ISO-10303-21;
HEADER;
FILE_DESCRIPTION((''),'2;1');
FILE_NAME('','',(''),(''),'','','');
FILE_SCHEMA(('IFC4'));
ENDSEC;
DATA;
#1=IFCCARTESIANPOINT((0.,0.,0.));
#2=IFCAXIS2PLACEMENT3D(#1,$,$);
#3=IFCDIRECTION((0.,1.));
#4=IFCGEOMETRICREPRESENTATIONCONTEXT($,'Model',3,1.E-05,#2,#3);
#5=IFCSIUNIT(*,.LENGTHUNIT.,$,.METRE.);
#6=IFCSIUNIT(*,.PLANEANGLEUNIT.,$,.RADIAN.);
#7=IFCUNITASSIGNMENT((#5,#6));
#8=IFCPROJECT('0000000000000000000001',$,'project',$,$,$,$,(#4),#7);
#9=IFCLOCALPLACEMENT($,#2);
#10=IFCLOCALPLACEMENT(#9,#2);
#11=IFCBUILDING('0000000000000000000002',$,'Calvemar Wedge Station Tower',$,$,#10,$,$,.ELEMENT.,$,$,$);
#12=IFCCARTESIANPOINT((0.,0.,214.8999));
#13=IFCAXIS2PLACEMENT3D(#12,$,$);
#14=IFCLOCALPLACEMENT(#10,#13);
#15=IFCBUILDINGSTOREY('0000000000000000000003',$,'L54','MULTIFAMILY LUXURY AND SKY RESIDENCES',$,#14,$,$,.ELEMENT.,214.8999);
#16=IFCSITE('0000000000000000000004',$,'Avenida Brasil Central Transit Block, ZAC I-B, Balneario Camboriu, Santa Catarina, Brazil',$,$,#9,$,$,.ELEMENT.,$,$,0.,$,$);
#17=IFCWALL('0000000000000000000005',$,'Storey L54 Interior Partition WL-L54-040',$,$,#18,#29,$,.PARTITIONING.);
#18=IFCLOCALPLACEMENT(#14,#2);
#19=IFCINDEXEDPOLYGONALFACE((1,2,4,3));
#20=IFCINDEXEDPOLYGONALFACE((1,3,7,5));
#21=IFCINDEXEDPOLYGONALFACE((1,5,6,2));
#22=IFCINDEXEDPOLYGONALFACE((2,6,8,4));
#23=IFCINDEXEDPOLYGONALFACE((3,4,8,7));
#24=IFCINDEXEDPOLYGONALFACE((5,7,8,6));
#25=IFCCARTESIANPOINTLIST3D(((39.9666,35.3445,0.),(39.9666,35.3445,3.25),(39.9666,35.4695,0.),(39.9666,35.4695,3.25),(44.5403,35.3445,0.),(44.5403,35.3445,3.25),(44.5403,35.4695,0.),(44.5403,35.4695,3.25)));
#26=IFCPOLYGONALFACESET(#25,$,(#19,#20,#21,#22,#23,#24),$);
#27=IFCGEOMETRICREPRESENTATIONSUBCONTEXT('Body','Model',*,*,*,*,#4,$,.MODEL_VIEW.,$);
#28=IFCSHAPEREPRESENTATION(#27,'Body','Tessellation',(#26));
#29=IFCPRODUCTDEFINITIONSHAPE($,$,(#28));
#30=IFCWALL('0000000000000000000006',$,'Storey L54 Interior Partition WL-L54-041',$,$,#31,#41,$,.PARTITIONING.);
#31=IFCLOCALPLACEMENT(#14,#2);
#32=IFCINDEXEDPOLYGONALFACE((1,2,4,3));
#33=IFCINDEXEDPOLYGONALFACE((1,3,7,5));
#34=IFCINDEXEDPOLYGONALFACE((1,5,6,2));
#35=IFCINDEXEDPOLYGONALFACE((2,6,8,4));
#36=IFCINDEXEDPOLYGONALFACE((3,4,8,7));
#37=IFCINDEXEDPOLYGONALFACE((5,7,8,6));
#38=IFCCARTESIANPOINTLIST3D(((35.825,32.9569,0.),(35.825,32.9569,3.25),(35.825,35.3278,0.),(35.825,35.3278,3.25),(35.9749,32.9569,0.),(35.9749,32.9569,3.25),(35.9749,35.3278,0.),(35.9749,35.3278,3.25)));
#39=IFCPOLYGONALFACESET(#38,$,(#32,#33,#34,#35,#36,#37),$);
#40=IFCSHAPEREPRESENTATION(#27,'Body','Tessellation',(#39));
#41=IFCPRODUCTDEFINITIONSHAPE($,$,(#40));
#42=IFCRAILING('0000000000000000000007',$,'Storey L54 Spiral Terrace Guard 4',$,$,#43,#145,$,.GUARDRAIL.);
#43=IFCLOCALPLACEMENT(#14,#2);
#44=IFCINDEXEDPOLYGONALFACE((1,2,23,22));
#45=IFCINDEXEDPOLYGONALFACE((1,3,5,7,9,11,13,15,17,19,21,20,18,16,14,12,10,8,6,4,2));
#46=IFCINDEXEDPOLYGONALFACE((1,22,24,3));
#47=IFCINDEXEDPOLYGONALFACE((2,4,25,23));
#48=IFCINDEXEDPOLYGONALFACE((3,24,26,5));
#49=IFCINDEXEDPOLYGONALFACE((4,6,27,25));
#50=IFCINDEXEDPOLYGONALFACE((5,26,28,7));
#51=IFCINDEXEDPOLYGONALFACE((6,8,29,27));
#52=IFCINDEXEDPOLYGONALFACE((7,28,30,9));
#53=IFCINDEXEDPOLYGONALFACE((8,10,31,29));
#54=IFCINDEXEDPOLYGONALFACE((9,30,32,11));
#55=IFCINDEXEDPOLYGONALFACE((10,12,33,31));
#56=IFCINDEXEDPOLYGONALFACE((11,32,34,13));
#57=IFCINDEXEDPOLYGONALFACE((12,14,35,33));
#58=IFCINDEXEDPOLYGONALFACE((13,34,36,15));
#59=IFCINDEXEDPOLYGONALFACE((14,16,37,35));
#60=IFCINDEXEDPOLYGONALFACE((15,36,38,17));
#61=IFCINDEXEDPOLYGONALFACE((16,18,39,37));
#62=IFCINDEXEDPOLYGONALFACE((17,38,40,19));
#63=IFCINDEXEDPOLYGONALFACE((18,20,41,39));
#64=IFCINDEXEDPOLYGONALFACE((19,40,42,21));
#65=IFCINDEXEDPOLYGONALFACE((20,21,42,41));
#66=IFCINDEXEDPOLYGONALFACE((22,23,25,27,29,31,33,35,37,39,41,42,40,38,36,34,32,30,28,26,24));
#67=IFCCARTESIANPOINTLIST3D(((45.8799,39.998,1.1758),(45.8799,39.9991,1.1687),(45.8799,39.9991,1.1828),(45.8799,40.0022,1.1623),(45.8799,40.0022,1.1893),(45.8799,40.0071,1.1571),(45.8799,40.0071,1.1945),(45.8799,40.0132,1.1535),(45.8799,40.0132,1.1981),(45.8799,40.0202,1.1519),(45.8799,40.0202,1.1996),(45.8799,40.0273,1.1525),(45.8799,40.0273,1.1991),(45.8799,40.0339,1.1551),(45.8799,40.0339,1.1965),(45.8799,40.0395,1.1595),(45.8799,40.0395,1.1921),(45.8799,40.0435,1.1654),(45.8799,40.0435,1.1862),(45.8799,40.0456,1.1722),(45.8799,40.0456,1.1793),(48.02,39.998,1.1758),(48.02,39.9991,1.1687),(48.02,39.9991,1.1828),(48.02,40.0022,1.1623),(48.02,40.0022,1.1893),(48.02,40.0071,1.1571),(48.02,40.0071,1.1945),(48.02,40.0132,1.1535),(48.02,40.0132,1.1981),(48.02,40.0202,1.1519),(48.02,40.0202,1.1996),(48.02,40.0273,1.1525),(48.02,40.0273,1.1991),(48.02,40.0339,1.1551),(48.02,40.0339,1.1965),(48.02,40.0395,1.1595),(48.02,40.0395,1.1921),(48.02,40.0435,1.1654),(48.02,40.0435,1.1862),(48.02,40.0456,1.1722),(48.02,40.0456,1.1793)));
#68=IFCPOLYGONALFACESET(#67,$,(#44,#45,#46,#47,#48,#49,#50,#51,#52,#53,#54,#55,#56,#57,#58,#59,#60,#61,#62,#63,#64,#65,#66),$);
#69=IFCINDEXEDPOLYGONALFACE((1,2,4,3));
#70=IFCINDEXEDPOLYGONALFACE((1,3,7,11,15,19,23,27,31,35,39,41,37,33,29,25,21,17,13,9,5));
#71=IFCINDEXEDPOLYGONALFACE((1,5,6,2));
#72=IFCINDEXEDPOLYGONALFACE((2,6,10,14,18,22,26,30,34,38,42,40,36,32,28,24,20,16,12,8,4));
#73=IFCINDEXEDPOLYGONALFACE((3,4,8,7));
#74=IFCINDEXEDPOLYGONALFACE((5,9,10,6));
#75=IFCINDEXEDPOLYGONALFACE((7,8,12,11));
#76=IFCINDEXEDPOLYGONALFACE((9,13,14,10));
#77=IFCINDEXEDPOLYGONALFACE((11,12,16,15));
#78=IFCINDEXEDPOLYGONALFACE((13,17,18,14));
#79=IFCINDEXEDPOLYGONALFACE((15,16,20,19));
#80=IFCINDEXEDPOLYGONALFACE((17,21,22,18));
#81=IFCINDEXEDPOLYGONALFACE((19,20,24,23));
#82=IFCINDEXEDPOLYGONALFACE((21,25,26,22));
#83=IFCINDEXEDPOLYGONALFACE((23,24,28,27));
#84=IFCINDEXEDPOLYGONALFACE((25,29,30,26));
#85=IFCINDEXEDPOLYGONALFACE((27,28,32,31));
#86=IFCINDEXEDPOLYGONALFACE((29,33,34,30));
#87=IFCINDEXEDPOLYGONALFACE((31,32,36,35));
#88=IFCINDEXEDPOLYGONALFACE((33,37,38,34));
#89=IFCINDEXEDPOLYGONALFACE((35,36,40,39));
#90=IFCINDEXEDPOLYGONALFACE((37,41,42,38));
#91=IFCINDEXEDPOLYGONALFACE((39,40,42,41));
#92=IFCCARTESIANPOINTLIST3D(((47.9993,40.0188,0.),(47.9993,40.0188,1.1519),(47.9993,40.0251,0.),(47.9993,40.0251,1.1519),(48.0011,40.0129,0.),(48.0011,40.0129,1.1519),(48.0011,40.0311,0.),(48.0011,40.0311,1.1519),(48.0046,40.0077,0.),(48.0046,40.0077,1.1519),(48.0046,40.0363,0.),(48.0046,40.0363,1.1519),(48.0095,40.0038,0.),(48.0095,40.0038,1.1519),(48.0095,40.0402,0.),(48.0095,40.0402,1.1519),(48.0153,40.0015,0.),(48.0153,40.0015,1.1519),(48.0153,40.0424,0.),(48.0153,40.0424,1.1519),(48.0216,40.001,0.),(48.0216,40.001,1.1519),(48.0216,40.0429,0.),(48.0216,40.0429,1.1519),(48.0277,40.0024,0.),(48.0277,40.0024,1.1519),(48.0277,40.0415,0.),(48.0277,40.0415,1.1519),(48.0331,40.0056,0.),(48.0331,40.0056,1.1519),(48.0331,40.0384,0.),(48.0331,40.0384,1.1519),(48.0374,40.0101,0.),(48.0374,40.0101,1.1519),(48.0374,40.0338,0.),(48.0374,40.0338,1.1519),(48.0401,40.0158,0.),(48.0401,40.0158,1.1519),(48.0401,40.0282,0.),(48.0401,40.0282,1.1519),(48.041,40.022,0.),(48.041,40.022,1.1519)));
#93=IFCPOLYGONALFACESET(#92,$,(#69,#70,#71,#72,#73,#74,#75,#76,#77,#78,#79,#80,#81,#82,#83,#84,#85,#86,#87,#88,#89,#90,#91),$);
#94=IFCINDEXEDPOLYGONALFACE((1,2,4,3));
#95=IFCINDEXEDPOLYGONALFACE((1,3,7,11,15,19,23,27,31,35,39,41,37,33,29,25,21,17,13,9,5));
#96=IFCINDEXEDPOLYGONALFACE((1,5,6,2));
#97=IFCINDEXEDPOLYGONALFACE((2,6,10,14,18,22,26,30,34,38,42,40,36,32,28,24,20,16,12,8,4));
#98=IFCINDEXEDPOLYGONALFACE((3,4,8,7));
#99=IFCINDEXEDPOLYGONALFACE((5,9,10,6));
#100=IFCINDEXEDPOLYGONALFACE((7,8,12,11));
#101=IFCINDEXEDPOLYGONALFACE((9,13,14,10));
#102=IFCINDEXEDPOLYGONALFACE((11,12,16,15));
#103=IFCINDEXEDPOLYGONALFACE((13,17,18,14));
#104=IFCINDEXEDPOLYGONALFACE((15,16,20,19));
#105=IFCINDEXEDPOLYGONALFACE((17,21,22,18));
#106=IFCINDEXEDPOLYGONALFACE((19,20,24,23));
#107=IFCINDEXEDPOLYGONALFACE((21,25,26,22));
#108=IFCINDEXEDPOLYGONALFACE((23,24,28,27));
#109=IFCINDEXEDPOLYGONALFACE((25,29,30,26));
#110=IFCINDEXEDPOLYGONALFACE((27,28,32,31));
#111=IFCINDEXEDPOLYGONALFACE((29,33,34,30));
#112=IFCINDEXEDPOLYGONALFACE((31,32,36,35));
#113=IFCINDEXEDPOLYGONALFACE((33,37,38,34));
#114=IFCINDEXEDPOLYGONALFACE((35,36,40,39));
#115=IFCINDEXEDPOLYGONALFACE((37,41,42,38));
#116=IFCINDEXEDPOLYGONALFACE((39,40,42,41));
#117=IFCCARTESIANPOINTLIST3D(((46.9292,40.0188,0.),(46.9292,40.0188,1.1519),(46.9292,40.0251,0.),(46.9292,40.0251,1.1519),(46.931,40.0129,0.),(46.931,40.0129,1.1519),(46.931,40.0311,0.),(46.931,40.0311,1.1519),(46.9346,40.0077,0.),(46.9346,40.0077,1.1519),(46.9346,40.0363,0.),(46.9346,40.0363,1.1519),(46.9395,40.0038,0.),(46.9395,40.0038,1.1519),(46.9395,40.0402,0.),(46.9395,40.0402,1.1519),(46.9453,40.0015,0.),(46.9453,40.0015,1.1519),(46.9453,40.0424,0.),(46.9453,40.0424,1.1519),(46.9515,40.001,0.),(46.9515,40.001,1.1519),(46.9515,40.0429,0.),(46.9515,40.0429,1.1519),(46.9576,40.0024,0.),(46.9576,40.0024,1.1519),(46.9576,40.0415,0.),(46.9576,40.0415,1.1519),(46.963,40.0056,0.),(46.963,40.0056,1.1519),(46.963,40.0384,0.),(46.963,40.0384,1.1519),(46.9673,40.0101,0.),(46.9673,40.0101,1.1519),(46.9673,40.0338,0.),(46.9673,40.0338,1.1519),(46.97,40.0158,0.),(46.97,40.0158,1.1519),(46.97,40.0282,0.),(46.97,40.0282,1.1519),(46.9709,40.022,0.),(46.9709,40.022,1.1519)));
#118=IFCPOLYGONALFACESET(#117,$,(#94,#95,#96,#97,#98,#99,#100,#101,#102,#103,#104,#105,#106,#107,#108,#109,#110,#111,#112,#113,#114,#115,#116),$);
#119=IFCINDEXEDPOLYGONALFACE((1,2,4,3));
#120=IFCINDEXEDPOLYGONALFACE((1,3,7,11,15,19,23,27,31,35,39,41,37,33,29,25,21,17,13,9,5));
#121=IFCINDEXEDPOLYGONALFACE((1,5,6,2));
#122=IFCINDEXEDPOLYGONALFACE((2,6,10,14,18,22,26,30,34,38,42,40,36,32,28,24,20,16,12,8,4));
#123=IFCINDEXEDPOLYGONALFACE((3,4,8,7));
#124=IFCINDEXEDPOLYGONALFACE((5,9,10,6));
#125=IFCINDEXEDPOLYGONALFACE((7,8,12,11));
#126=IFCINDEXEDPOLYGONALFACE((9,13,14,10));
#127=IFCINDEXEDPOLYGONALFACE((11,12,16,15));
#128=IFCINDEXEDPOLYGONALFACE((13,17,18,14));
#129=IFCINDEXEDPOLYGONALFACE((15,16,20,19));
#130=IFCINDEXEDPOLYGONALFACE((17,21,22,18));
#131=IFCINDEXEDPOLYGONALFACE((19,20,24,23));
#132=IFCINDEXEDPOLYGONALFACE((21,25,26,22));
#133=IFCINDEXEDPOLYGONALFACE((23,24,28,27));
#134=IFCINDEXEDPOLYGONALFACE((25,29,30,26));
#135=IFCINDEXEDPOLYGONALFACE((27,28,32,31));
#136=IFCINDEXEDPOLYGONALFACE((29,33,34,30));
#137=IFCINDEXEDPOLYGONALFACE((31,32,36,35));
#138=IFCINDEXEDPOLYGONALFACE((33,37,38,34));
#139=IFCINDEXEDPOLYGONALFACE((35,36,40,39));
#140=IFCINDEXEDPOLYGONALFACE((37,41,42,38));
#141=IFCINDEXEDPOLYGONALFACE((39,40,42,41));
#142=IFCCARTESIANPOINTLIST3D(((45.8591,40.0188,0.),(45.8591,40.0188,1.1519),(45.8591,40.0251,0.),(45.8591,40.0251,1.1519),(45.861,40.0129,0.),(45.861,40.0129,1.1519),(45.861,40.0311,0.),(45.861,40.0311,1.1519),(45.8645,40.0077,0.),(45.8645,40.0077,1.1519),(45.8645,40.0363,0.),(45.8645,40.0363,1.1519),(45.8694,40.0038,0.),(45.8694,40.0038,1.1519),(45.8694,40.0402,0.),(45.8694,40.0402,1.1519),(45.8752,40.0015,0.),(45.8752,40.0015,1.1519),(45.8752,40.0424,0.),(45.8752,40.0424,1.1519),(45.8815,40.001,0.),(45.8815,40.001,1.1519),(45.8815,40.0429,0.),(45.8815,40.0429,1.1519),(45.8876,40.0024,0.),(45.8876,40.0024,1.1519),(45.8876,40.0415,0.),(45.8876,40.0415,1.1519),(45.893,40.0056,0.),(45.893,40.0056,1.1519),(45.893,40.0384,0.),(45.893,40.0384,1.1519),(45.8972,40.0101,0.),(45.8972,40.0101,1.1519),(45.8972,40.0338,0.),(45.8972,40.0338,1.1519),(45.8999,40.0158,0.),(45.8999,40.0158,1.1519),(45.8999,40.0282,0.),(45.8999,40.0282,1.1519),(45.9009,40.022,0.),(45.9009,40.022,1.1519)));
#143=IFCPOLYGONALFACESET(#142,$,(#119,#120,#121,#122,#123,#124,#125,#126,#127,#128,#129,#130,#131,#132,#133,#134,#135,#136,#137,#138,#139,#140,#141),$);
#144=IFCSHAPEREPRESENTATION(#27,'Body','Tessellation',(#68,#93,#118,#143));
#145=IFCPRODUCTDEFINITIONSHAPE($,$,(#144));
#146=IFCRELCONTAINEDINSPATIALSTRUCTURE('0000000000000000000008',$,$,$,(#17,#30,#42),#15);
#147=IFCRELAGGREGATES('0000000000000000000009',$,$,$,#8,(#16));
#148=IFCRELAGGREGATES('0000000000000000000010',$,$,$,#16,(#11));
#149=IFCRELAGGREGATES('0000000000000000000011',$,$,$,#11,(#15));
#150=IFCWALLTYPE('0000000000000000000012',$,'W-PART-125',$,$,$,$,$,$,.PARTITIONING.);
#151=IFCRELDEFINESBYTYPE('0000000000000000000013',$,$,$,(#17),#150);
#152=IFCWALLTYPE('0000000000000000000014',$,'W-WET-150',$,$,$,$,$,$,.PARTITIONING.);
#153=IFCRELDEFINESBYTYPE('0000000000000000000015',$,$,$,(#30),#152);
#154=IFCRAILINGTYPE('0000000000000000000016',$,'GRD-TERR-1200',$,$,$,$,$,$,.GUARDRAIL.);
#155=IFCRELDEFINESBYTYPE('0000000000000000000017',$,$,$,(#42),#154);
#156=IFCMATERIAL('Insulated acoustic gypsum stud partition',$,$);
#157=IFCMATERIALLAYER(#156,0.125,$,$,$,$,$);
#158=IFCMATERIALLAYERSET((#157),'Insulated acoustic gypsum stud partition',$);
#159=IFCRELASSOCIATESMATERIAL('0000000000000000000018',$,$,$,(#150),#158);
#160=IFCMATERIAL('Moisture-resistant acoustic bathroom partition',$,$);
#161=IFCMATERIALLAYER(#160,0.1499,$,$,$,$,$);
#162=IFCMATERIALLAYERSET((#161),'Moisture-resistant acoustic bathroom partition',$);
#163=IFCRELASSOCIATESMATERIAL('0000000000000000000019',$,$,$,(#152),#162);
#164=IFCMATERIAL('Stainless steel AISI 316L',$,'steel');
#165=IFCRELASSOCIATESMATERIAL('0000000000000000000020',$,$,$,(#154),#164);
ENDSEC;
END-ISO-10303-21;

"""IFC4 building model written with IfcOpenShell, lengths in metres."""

from ifc_helpers import new_model, si_unit, direction, frame, frame_2d, origin, origin_2d, place, context, subcontext, project, spatial, rectangle, circle, extrude, material, layer, layer_set, type_object, element, save


model = new_model("IFC4")

# Units and contexts
model_context = context("Model", 3, precision=1e-05, world=origin(), true_north=direction((0.0, 1.0)))
body_context = subcontext(model_context, "Body", "Model", "MODEL_VIEW")
ifc_project = project(units=[si_unit("LENGTHUNIT", "METRE"), si_unit("PLANEANGLEUNIT", "RADIAN")], contexts=[model_context])

# Site, building, storey
site_placement = place(None, origin())
site = spatial("IfcSite", under=ifc_project, at=site_placement, Name="Avenida Brasil Central Transit Block, ZAC I-B, Balneario Camboriu, Santa Catarina, Brazil", CompositionType="ELEMENT", RefElevation=0.0)
building_placement = place(site_placement, origin())
building = spatial("IfcBuilding", under=site, at=building_placement, Name="Calvemar Wedge Station Tower", CompositionType="ELEMENT")
storey_placement = place(building_placement, frame((0.0, 0.0, 214.8999)))
storey = spatial("IfcBuildingStorey", under=building, at=storey_placement, Name="L54", Description="MULTIFAMILY LUXURY AND SKY RESIDENCES", CompositionType="ELEMENT", Elevation=214.8999)

# Shared definitions
ifc_material_1 = material(Name="Insulated acoustic gypsum stud partition")
ifc_layer_1 = layer(ifc_material_1, 0.125)
ifc_layer_set_1 = layer_set([ifc_layer_1], Name="Insulated acoustic gypsum stud partition")
wall_type_1 = type_object("IfcWallType", Name="W-PART-125", PredefinedType="PARTITIONING", material=ifc_layer_set_1)

# Wall
wall_1_placement = place(storey_placement, frame((44.5403, 35.407, 0.0), z_axis=(0.0, 0.0, 1.0), x_axis=(-1.0, 0.0, 0.0)))
element("IfcWall", 1, at=wall_1_placement, inside=storey, type_object=wall_type_1, Name="Storey L54 Interior Partition WL-L54-040", PredefinedType="PARTITIONING", context=body_context, shape_type="SweptSolid", body=[
    extrude(rectangle(XDim=4.5737, YDim=0.125, at=frame_2d((2.2869, 0.0))), origin(), (0.0, 0.0, 1.0), 3.25),
])

# Shared definitions
ifc_material_2 = material(Name="Moisture-resistant acoustic bathroom partition")
ifc_layer_2 = layer(ifc_material_2, 0.1499)
ifc_layer_set_2 = layer_set([ifc_layer_2], Name="Moisture-resistant acoustic bathroom partition")
wall_type_2 = type_object("IfcWallType", Name="W-WET-150", PredefinedType="PARTITIONING", material=ifc_layer_set_2)

# Wall
wall_2_placement = place(storey_placement, frame((35.8999, 35.3279, 0.0), z_axis=(0.0, 0.0, 1.0), x_axis=(0.0, -1.0, 0.0)))
element("IfcWall", 2, at=wall_2_placement, inside=storey, type_object=wall_type_2, Name="Storey L54 Interior Partition WL-L54-041", PredefinedType="PARTITIONING", context=body_context, shape_type="SweptSolid", body=[
    extrude(rectangle(XDim=2.3708, YDim=0.1499, at=frame_2d((1.1855, 0.0))), origin(), (0.0, 0.0, 1.0), 3.25),
])

# Railing
ifc_material_3 = material(Name="Stainless steel AISI 316L", Category="steel")
railing_type = type_object("IfcRailingType", Name="GRD-TERR-1200", PredefinedType="GUARDRAIL", material=ifc_material_3)
railing_placement = place(storey_placement, frame((48.02, 40.022, 0.0)))
element("IfcRailing", 3, at=railing_placement, inside=storey, type_object=railing_type, Name="Storey L54 Spiral Terrace Guard 4", PredefinedType="GUARDRAIL", context=body_context, shape_type="SweptSolid", body=[
    extrude(circle(Radius=0.0239, at=origin_2d()), frame((0.0, 0.0, 1.1758), z_axis=(-1.0, 0.0, 0.0), x_axis=(0.0, -1.0, 0.0)), (0.0, 0.0, 1.0), 2.1401),
    extrude(circle(Radius=0.021, at=origin_2d()), origin(), (0.0, 0.0, 1.0), 1.1519),
    extrude(circle(Radius=0.021, at=origin_2d()), frame((-1.0701, 0.0, 0.0)), (0.0, 0.0, 1.0), 1.1519),
    extrude(circle(Radius=0.021, at=origin_2d()), frame((-2.1401, 0.0, 0.0)), (0.0, 0.0, 1.0), 1.1519),
])

save(model, "model.ifc")
